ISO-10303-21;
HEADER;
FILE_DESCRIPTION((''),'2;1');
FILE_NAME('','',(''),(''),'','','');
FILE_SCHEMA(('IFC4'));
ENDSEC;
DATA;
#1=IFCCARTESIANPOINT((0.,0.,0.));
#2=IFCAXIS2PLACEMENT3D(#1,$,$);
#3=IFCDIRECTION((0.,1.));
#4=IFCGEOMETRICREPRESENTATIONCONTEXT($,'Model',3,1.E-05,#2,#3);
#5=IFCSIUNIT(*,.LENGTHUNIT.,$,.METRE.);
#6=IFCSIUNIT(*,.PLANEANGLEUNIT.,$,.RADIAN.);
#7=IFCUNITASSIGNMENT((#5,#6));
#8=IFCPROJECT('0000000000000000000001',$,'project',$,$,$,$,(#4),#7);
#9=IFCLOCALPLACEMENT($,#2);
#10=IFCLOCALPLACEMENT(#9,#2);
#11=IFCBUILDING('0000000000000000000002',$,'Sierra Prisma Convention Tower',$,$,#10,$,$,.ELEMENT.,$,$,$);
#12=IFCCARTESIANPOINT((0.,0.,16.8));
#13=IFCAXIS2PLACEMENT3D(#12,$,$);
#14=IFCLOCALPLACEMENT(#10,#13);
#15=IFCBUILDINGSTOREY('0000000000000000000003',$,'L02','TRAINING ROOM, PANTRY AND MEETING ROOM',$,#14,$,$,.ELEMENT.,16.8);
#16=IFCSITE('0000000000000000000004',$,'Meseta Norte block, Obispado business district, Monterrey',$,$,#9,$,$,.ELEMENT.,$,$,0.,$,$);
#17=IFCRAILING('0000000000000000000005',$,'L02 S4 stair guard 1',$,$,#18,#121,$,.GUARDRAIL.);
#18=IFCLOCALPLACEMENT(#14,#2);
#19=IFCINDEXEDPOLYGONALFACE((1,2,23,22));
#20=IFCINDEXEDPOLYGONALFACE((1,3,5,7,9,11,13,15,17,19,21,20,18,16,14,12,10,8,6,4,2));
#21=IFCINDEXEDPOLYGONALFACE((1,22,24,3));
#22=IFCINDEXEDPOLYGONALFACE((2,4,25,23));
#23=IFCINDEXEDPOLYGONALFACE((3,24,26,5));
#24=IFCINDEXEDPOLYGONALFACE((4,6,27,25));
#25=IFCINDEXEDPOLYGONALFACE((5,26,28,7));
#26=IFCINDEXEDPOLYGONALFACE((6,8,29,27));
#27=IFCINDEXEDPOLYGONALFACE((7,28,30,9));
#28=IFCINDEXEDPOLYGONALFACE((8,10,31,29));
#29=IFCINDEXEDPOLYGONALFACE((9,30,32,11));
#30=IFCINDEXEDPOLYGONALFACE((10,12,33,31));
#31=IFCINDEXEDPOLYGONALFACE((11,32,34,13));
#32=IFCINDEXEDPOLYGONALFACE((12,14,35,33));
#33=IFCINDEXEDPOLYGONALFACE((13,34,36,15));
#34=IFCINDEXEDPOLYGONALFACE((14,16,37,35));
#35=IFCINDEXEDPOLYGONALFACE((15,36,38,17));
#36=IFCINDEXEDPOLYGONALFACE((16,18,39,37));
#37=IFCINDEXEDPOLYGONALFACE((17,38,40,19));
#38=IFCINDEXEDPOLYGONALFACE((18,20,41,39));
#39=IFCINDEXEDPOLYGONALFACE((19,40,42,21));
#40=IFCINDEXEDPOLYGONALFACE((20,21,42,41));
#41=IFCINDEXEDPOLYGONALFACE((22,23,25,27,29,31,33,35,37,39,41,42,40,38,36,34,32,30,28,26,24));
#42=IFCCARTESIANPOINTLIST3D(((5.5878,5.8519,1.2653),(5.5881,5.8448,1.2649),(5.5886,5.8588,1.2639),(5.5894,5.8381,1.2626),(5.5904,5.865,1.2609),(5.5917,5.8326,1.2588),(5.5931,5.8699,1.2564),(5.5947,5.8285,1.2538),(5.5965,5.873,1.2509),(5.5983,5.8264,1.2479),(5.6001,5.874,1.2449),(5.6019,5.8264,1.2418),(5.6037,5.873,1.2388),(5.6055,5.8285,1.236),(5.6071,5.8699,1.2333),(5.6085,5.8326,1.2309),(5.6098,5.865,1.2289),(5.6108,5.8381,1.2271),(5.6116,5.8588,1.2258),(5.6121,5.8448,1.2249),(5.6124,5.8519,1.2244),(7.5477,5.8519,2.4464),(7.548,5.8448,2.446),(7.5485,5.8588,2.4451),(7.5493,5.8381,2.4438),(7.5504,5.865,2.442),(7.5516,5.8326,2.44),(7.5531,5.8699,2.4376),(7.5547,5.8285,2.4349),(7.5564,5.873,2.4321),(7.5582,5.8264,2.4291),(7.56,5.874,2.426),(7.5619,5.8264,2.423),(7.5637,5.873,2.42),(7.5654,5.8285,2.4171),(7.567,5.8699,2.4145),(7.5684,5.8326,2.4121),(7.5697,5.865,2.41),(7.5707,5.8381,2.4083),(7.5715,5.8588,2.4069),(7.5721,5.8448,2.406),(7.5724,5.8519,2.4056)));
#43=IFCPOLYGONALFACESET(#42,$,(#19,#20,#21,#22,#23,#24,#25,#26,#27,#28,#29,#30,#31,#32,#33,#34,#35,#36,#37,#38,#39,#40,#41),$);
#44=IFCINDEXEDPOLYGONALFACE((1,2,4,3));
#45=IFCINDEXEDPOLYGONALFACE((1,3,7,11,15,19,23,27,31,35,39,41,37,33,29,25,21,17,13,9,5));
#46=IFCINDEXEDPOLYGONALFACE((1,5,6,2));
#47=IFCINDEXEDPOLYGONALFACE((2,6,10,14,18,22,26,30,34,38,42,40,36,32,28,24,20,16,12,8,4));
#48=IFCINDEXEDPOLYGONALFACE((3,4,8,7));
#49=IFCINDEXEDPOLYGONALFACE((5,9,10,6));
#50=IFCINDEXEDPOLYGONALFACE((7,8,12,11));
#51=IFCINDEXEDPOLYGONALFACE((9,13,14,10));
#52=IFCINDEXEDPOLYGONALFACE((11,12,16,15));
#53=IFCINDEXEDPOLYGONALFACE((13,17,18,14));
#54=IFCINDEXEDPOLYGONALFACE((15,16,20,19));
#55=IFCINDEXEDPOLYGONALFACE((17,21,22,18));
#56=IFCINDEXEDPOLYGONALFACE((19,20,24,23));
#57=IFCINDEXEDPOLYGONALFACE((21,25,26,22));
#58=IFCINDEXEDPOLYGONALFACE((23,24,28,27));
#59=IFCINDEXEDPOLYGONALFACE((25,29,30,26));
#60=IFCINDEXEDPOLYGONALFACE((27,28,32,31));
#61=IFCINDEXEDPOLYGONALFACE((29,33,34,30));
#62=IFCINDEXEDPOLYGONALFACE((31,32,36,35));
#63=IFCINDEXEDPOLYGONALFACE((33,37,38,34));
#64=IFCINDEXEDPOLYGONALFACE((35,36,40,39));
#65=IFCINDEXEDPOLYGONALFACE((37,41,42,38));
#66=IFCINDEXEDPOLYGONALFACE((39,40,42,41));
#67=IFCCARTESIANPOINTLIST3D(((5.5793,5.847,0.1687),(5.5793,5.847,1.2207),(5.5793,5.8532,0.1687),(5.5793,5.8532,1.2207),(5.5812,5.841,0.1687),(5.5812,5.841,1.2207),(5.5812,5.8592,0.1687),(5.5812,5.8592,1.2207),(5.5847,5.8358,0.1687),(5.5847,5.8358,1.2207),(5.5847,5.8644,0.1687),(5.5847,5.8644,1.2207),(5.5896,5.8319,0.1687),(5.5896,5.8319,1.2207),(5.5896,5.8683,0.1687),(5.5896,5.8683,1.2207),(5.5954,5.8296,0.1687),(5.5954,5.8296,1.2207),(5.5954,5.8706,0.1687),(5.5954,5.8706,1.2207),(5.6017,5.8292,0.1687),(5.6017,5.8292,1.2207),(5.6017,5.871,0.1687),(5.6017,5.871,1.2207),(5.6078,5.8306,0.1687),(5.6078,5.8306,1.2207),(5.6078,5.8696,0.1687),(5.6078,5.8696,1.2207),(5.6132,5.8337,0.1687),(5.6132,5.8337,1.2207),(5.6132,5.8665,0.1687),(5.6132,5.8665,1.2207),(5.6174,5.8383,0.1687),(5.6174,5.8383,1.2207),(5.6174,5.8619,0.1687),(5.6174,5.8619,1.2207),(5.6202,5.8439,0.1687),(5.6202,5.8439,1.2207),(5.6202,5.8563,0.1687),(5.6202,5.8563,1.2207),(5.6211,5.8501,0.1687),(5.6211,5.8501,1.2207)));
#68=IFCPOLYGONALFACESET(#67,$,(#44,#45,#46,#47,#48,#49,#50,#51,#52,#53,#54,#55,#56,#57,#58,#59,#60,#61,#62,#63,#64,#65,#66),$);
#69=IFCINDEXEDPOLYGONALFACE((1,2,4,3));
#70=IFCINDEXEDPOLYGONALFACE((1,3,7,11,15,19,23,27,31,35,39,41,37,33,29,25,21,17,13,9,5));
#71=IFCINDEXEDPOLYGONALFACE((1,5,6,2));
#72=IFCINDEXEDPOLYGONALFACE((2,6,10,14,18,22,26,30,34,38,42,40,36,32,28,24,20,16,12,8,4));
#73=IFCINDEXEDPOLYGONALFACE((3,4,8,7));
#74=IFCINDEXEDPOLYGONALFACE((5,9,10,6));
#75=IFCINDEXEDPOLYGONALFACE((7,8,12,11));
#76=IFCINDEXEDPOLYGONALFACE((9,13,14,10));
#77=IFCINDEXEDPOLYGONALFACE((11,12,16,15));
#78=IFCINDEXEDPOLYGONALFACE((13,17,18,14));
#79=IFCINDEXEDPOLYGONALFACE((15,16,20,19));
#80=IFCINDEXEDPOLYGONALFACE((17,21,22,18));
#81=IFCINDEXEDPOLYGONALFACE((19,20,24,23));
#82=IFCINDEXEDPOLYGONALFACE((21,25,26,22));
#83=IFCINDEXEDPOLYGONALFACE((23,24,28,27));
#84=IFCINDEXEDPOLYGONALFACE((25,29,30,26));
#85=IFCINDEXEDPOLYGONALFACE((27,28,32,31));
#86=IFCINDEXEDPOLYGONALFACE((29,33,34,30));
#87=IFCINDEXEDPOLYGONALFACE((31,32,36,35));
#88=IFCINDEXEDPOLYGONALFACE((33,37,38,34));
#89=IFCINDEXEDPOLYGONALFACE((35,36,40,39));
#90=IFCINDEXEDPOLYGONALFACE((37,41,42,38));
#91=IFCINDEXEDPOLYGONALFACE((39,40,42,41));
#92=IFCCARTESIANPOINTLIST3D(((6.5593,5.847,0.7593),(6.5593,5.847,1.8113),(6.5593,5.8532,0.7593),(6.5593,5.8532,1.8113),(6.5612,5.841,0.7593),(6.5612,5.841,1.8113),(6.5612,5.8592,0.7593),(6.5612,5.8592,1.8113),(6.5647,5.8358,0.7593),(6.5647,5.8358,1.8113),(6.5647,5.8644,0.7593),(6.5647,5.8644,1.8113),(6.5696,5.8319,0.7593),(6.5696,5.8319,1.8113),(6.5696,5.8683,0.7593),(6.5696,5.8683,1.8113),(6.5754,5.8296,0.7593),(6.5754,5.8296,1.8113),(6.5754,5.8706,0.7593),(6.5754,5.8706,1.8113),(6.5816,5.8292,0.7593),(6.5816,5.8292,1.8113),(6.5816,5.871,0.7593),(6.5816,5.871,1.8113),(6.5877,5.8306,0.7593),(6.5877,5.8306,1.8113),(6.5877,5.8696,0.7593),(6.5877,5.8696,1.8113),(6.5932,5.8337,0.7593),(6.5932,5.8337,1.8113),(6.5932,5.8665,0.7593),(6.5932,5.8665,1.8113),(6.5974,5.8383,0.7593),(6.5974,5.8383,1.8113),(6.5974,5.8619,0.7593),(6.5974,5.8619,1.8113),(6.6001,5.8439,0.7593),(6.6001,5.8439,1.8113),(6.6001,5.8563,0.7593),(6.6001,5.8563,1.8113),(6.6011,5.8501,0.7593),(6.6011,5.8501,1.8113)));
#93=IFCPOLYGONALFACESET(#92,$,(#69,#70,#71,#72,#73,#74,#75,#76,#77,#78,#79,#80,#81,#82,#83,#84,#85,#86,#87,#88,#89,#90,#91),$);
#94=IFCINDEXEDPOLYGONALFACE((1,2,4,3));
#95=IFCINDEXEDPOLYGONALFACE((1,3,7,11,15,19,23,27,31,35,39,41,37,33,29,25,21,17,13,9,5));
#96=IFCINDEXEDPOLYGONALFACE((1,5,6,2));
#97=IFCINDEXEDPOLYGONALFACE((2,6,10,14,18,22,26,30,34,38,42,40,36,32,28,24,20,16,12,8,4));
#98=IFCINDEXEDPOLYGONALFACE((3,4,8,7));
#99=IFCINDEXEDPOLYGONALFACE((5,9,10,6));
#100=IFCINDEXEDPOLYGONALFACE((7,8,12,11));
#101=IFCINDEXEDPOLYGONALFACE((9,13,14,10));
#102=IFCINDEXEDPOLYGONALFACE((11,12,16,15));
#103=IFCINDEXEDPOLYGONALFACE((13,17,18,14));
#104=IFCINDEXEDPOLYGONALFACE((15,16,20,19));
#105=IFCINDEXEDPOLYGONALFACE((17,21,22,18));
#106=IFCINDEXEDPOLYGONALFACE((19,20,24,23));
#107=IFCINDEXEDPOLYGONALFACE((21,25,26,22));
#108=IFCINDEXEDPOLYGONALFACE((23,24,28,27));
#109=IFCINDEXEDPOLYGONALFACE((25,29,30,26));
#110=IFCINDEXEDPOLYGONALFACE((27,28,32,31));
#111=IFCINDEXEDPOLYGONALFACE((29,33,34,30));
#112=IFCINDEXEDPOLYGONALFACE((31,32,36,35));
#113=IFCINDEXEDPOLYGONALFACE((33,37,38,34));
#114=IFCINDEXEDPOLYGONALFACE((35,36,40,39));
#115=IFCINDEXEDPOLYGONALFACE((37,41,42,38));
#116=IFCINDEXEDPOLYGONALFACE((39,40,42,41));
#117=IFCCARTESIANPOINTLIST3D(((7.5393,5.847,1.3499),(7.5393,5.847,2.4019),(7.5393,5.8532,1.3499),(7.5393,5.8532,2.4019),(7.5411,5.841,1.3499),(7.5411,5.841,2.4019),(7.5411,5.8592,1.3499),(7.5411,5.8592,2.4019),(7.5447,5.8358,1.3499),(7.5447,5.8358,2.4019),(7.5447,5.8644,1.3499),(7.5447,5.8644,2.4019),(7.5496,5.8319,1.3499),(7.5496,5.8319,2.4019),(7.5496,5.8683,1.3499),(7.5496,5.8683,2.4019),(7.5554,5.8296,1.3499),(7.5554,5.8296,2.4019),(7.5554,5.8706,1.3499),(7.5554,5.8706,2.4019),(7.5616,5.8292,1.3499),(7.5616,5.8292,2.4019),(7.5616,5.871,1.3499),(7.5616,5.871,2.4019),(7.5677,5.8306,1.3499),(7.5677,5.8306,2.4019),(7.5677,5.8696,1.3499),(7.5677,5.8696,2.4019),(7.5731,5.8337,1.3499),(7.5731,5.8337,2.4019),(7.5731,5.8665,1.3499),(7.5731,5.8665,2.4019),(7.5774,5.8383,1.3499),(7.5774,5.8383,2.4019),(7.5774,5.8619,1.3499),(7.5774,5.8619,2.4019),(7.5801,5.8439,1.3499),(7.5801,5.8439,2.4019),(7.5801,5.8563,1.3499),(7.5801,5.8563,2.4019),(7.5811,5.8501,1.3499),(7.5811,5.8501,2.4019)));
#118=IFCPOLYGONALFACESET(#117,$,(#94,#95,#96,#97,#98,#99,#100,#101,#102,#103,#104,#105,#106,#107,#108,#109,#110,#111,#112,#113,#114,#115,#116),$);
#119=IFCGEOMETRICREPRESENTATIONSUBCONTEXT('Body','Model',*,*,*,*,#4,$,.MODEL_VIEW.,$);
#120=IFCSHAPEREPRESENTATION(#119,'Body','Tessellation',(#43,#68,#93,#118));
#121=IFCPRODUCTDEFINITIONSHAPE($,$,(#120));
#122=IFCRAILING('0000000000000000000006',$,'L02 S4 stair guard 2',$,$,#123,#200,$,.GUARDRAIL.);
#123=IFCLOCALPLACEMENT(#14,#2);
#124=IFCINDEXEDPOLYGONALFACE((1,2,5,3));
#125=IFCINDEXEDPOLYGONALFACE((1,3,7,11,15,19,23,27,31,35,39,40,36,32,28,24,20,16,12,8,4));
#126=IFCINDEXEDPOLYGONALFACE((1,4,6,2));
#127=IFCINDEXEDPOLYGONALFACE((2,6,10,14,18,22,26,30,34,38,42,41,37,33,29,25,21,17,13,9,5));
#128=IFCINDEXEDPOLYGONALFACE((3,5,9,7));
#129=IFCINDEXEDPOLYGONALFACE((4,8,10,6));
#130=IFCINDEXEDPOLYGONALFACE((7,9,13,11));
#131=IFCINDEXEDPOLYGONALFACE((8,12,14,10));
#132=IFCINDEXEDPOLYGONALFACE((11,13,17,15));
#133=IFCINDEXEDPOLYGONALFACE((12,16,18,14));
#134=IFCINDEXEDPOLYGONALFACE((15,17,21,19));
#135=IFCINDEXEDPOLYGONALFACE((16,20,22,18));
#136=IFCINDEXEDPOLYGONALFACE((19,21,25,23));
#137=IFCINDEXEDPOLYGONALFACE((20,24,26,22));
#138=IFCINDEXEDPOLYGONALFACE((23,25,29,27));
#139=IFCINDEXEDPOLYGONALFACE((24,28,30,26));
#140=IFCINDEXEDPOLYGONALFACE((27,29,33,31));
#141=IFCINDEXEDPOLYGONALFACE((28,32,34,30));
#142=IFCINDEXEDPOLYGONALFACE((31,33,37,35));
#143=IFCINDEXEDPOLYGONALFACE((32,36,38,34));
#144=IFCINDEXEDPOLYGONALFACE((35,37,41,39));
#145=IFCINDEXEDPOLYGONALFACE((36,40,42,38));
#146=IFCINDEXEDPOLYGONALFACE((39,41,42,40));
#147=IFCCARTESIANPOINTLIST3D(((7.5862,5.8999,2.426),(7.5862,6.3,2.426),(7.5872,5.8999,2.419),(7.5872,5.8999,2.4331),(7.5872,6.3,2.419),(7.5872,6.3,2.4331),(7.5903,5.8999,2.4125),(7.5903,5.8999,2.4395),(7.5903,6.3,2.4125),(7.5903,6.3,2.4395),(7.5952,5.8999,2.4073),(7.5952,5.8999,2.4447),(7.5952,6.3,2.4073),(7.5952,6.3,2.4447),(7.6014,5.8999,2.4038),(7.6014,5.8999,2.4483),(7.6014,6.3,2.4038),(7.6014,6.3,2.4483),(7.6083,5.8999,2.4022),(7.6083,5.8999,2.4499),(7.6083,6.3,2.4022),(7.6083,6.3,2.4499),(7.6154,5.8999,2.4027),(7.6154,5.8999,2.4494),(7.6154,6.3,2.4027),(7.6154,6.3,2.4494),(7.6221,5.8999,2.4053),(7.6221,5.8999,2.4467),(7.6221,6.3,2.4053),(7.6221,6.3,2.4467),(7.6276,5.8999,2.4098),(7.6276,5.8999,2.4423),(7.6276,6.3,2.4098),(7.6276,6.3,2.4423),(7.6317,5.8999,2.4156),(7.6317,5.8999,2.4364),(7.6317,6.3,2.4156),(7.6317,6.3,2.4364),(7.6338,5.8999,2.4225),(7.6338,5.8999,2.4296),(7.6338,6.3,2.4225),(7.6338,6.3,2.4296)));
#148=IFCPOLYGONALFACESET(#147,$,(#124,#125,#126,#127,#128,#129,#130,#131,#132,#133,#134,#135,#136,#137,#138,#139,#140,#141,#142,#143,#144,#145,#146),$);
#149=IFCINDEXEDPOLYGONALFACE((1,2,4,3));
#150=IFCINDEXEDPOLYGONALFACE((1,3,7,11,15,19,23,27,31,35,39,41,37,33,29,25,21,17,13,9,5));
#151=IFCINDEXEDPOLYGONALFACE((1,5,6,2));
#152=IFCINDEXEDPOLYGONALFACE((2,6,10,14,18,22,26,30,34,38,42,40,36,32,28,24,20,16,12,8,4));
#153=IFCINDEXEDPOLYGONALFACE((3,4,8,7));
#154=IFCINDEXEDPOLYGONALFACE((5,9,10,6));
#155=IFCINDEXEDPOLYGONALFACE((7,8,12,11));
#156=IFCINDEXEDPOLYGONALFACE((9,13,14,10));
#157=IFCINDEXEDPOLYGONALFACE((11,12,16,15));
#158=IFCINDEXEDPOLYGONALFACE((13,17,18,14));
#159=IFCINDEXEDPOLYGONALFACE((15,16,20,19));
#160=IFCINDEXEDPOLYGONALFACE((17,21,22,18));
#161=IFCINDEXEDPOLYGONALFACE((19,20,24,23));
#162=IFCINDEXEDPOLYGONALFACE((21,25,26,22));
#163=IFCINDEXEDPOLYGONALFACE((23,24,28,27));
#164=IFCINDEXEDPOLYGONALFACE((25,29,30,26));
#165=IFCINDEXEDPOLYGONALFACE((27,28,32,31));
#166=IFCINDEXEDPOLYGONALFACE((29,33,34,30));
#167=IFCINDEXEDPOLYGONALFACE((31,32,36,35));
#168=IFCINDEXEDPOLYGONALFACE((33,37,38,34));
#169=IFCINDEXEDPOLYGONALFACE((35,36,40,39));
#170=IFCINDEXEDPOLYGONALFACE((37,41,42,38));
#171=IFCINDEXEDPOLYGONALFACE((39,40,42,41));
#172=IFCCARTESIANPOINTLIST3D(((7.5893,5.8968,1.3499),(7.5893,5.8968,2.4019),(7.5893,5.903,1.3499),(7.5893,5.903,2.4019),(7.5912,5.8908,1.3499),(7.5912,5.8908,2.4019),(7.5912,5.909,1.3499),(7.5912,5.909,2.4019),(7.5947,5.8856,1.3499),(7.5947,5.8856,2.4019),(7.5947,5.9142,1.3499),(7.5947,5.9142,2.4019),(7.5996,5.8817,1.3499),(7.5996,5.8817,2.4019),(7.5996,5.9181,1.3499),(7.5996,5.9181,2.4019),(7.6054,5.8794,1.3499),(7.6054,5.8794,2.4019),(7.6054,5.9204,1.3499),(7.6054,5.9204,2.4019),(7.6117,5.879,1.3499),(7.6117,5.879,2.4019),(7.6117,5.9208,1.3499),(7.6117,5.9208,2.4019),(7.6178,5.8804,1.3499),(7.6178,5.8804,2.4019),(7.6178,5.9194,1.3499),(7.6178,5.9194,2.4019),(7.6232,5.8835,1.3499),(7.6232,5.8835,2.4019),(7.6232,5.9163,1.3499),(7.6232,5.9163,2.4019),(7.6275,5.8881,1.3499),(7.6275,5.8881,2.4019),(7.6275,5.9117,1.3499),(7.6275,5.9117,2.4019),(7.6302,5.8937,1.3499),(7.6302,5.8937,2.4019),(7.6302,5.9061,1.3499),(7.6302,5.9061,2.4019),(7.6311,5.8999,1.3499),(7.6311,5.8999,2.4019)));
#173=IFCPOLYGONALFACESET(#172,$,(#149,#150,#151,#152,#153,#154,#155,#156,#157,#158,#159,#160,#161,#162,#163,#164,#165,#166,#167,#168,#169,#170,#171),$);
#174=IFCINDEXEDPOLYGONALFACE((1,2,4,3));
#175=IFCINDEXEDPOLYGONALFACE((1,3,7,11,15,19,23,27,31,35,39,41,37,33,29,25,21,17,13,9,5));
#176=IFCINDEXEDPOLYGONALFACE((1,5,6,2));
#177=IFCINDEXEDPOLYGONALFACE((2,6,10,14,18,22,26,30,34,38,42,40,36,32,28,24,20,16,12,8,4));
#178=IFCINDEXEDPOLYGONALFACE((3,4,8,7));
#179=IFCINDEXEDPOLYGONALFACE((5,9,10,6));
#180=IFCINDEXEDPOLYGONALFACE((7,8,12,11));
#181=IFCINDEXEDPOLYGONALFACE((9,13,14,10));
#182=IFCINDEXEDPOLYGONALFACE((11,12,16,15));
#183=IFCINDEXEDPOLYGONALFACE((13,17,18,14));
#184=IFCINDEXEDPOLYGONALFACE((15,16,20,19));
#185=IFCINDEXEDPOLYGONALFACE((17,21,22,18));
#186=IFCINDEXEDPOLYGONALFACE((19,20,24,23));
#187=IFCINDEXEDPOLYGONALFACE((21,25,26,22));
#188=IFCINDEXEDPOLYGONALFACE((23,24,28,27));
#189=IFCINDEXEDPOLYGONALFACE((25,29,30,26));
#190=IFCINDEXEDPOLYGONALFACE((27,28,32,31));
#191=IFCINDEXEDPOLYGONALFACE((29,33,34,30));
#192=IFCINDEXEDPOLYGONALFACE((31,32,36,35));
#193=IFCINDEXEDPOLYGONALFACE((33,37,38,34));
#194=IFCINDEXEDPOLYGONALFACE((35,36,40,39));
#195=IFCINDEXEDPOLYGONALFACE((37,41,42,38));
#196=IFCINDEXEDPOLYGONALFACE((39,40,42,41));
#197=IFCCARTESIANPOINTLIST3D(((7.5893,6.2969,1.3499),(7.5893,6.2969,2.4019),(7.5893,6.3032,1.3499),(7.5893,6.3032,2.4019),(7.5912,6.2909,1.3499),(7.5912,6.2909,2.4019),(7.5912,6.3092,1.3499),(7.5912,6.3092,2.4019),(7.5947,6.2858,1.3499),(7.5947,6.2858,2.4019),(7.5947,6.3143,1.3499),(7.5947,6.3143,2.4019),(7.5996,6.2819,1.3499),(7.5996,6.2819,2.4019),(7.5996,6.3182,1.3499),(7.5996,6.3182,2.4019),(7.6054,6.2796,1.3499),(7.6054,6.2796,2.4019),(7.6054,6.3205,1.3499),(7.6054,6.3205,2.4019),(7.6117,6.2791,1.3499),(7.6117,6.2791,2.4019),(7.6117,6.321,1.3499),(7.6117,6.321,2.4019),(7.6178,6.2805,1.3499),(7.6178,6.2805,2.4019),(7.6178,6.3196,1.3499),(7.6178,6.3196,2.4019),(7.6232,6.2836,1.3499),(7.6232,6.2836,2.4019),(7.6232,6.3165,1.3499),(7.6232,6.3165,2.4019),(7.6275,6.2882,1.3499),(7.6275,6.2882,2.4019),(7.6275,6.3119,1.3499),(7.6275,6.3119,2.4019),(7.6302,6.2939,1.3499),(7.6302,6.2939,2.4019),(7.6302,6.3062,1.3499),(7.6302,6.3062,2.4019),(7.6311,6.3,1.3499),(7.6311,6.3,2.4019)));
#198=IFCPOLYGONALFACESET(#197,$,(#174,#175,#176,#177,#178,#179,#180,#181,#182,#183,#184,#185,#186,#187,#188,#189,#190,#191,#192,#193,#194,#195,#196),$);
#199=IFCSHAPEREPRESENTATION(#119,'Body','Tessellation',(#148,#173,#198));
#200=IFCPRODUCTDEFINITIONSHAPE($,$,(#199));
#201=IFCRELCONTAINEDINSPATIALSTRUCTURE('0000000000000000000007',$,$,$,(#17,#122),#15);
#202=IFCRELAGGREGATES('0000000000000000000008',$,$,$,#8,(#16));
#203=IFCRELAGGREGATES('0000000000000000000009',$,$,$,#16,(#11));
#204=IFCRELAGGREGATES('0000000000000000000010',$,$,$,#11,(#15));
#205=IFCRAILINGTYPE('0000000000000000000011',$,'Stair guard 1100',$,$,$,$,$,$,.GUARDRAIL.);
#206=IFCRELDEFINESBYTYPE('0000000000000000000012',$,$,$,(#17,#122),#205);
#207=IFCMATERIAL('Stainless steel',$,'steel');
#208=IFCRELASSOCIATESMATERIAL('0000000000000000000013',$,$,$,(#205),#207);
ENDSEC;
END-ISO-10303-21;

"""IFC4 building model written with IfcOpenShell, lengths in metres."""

from ifc_helpers import new_model, si_unit, direction, frame, origin, origin_2d, place, context, subcontext, project, spatial, circle, extrude, material, type_object, element, save


model = new_model("IFC4")

# Units and contexts
model_context = context("Model", 3, precision=1e-05, world=origin(), true_north=direction((0.0, 1.0)))
body_context = subcontext(model_context, "Body", "Model", "MODEL_VIEW")
ifc_project = project(units=[si_unit("LENGTHUNIT", "METRE"), si_unit("PLANEANGLEUNIT", "RADIAN")], contexts=[model_context])

# Site, building, storey
site_placement = place(None, origin())
site = spatial("IfcSite", under=ifc_project, at=site_placement, Name="Meseta Norte block, Obispado business district, Monterrey", CompositionType="ELEMENT", RefElevation=0.0)
building_placement = place(site_placement, origin())
building = spatial("IfcBuilding", under=site, at=building_placement, Name="Sierra Prisma Convention Tower", CompositionType="ELEMENT")
storey_placement = place(building_placement, frame((0.0, 0.0, 16.8)))
storey = spatial("IfcBuildingStorey", under=building, at=storey_placement, Name="L02", Description="TRAINING ROOM, PANTRY AND MEETING ROOM", CompositionType="ELEMENT", Elevation=16.8)

# Railings
ifc_material_1 = material(Name="Stainless steel", Category="steel")
railing_type_1 = type_object("IfcRailingType", Name="Stair guard 1100", PredefinedType="GUARDRAIL", material=ifc_material_1)
railing_1_placement = place(storey_placement, frame((5.6001, 5.8501, 0.1687)))
element("IfcRailing", 1, at=railing_1_placement, inside=storey, type_object=railing_type_1, Name="L02 S4 stair guard 1", PredefinedType="GUARDRAIL", context=body_context, shape_type="SweptSolid", body=[
    extrude(circle(Radius=0.0239, at=origin_2d()), frame((0.0, 0.0, 1.0762), z_axis=(0.856493, 0.0, 0.516158), x_axis=(0.0, 1.0, 0.0)), (0.0, 0.0, 1.0), 2.2883),
    extrude(circle(Radius=0.021, at=origin_2d()), origin(), (0.0, 0.0, 1.0), 1.052),
    extrude(circle(Radius=0.021, at=origin_2d()), frame((0.98, 0.0, 0.5906)), (0.0, 0.0, 1.0), 1.052),
    extrude(circle(Radius=0.021, at=origin_2d()), frame((1.96, 0.0, 1.1812)), (0.0, 0.0, 1.0), 1.052),
])
for number, where, name in (
    (2, (7.6101, 5.8999, 1.3499), "L02 S4 stair guard 2"),
):
    element("IfcRailing", number, at=place(storey_placement, frame(where)), inside=storey, type_object=railing_type_1, Name=name, PredefinedType="GUARDRAIL", context=body_context, shape_type="SweptSolid", body=[
        extrude(circle(Radius=0.0239, at=origin_2d()), frame((0.0, 0.0, 1.0762), z_axis=(0.0, 1.0, 0.0), x_axis=(-1.0, 0.0, 0.0)), (0.0, 0.0, 1.0), 0.4001),
        extrude(circle(Radius=0.021, at=origin_2d()), origin(), (0.0, 0.0, 1.0), 1.052),
        extrude(circle(Radius=0.021, at=origin_2d()), frame((0.0, 0.4001, 0.0)), (0.0, 0.0, 1.0), 1.052),
    ])

save(model, "model.ifc")
